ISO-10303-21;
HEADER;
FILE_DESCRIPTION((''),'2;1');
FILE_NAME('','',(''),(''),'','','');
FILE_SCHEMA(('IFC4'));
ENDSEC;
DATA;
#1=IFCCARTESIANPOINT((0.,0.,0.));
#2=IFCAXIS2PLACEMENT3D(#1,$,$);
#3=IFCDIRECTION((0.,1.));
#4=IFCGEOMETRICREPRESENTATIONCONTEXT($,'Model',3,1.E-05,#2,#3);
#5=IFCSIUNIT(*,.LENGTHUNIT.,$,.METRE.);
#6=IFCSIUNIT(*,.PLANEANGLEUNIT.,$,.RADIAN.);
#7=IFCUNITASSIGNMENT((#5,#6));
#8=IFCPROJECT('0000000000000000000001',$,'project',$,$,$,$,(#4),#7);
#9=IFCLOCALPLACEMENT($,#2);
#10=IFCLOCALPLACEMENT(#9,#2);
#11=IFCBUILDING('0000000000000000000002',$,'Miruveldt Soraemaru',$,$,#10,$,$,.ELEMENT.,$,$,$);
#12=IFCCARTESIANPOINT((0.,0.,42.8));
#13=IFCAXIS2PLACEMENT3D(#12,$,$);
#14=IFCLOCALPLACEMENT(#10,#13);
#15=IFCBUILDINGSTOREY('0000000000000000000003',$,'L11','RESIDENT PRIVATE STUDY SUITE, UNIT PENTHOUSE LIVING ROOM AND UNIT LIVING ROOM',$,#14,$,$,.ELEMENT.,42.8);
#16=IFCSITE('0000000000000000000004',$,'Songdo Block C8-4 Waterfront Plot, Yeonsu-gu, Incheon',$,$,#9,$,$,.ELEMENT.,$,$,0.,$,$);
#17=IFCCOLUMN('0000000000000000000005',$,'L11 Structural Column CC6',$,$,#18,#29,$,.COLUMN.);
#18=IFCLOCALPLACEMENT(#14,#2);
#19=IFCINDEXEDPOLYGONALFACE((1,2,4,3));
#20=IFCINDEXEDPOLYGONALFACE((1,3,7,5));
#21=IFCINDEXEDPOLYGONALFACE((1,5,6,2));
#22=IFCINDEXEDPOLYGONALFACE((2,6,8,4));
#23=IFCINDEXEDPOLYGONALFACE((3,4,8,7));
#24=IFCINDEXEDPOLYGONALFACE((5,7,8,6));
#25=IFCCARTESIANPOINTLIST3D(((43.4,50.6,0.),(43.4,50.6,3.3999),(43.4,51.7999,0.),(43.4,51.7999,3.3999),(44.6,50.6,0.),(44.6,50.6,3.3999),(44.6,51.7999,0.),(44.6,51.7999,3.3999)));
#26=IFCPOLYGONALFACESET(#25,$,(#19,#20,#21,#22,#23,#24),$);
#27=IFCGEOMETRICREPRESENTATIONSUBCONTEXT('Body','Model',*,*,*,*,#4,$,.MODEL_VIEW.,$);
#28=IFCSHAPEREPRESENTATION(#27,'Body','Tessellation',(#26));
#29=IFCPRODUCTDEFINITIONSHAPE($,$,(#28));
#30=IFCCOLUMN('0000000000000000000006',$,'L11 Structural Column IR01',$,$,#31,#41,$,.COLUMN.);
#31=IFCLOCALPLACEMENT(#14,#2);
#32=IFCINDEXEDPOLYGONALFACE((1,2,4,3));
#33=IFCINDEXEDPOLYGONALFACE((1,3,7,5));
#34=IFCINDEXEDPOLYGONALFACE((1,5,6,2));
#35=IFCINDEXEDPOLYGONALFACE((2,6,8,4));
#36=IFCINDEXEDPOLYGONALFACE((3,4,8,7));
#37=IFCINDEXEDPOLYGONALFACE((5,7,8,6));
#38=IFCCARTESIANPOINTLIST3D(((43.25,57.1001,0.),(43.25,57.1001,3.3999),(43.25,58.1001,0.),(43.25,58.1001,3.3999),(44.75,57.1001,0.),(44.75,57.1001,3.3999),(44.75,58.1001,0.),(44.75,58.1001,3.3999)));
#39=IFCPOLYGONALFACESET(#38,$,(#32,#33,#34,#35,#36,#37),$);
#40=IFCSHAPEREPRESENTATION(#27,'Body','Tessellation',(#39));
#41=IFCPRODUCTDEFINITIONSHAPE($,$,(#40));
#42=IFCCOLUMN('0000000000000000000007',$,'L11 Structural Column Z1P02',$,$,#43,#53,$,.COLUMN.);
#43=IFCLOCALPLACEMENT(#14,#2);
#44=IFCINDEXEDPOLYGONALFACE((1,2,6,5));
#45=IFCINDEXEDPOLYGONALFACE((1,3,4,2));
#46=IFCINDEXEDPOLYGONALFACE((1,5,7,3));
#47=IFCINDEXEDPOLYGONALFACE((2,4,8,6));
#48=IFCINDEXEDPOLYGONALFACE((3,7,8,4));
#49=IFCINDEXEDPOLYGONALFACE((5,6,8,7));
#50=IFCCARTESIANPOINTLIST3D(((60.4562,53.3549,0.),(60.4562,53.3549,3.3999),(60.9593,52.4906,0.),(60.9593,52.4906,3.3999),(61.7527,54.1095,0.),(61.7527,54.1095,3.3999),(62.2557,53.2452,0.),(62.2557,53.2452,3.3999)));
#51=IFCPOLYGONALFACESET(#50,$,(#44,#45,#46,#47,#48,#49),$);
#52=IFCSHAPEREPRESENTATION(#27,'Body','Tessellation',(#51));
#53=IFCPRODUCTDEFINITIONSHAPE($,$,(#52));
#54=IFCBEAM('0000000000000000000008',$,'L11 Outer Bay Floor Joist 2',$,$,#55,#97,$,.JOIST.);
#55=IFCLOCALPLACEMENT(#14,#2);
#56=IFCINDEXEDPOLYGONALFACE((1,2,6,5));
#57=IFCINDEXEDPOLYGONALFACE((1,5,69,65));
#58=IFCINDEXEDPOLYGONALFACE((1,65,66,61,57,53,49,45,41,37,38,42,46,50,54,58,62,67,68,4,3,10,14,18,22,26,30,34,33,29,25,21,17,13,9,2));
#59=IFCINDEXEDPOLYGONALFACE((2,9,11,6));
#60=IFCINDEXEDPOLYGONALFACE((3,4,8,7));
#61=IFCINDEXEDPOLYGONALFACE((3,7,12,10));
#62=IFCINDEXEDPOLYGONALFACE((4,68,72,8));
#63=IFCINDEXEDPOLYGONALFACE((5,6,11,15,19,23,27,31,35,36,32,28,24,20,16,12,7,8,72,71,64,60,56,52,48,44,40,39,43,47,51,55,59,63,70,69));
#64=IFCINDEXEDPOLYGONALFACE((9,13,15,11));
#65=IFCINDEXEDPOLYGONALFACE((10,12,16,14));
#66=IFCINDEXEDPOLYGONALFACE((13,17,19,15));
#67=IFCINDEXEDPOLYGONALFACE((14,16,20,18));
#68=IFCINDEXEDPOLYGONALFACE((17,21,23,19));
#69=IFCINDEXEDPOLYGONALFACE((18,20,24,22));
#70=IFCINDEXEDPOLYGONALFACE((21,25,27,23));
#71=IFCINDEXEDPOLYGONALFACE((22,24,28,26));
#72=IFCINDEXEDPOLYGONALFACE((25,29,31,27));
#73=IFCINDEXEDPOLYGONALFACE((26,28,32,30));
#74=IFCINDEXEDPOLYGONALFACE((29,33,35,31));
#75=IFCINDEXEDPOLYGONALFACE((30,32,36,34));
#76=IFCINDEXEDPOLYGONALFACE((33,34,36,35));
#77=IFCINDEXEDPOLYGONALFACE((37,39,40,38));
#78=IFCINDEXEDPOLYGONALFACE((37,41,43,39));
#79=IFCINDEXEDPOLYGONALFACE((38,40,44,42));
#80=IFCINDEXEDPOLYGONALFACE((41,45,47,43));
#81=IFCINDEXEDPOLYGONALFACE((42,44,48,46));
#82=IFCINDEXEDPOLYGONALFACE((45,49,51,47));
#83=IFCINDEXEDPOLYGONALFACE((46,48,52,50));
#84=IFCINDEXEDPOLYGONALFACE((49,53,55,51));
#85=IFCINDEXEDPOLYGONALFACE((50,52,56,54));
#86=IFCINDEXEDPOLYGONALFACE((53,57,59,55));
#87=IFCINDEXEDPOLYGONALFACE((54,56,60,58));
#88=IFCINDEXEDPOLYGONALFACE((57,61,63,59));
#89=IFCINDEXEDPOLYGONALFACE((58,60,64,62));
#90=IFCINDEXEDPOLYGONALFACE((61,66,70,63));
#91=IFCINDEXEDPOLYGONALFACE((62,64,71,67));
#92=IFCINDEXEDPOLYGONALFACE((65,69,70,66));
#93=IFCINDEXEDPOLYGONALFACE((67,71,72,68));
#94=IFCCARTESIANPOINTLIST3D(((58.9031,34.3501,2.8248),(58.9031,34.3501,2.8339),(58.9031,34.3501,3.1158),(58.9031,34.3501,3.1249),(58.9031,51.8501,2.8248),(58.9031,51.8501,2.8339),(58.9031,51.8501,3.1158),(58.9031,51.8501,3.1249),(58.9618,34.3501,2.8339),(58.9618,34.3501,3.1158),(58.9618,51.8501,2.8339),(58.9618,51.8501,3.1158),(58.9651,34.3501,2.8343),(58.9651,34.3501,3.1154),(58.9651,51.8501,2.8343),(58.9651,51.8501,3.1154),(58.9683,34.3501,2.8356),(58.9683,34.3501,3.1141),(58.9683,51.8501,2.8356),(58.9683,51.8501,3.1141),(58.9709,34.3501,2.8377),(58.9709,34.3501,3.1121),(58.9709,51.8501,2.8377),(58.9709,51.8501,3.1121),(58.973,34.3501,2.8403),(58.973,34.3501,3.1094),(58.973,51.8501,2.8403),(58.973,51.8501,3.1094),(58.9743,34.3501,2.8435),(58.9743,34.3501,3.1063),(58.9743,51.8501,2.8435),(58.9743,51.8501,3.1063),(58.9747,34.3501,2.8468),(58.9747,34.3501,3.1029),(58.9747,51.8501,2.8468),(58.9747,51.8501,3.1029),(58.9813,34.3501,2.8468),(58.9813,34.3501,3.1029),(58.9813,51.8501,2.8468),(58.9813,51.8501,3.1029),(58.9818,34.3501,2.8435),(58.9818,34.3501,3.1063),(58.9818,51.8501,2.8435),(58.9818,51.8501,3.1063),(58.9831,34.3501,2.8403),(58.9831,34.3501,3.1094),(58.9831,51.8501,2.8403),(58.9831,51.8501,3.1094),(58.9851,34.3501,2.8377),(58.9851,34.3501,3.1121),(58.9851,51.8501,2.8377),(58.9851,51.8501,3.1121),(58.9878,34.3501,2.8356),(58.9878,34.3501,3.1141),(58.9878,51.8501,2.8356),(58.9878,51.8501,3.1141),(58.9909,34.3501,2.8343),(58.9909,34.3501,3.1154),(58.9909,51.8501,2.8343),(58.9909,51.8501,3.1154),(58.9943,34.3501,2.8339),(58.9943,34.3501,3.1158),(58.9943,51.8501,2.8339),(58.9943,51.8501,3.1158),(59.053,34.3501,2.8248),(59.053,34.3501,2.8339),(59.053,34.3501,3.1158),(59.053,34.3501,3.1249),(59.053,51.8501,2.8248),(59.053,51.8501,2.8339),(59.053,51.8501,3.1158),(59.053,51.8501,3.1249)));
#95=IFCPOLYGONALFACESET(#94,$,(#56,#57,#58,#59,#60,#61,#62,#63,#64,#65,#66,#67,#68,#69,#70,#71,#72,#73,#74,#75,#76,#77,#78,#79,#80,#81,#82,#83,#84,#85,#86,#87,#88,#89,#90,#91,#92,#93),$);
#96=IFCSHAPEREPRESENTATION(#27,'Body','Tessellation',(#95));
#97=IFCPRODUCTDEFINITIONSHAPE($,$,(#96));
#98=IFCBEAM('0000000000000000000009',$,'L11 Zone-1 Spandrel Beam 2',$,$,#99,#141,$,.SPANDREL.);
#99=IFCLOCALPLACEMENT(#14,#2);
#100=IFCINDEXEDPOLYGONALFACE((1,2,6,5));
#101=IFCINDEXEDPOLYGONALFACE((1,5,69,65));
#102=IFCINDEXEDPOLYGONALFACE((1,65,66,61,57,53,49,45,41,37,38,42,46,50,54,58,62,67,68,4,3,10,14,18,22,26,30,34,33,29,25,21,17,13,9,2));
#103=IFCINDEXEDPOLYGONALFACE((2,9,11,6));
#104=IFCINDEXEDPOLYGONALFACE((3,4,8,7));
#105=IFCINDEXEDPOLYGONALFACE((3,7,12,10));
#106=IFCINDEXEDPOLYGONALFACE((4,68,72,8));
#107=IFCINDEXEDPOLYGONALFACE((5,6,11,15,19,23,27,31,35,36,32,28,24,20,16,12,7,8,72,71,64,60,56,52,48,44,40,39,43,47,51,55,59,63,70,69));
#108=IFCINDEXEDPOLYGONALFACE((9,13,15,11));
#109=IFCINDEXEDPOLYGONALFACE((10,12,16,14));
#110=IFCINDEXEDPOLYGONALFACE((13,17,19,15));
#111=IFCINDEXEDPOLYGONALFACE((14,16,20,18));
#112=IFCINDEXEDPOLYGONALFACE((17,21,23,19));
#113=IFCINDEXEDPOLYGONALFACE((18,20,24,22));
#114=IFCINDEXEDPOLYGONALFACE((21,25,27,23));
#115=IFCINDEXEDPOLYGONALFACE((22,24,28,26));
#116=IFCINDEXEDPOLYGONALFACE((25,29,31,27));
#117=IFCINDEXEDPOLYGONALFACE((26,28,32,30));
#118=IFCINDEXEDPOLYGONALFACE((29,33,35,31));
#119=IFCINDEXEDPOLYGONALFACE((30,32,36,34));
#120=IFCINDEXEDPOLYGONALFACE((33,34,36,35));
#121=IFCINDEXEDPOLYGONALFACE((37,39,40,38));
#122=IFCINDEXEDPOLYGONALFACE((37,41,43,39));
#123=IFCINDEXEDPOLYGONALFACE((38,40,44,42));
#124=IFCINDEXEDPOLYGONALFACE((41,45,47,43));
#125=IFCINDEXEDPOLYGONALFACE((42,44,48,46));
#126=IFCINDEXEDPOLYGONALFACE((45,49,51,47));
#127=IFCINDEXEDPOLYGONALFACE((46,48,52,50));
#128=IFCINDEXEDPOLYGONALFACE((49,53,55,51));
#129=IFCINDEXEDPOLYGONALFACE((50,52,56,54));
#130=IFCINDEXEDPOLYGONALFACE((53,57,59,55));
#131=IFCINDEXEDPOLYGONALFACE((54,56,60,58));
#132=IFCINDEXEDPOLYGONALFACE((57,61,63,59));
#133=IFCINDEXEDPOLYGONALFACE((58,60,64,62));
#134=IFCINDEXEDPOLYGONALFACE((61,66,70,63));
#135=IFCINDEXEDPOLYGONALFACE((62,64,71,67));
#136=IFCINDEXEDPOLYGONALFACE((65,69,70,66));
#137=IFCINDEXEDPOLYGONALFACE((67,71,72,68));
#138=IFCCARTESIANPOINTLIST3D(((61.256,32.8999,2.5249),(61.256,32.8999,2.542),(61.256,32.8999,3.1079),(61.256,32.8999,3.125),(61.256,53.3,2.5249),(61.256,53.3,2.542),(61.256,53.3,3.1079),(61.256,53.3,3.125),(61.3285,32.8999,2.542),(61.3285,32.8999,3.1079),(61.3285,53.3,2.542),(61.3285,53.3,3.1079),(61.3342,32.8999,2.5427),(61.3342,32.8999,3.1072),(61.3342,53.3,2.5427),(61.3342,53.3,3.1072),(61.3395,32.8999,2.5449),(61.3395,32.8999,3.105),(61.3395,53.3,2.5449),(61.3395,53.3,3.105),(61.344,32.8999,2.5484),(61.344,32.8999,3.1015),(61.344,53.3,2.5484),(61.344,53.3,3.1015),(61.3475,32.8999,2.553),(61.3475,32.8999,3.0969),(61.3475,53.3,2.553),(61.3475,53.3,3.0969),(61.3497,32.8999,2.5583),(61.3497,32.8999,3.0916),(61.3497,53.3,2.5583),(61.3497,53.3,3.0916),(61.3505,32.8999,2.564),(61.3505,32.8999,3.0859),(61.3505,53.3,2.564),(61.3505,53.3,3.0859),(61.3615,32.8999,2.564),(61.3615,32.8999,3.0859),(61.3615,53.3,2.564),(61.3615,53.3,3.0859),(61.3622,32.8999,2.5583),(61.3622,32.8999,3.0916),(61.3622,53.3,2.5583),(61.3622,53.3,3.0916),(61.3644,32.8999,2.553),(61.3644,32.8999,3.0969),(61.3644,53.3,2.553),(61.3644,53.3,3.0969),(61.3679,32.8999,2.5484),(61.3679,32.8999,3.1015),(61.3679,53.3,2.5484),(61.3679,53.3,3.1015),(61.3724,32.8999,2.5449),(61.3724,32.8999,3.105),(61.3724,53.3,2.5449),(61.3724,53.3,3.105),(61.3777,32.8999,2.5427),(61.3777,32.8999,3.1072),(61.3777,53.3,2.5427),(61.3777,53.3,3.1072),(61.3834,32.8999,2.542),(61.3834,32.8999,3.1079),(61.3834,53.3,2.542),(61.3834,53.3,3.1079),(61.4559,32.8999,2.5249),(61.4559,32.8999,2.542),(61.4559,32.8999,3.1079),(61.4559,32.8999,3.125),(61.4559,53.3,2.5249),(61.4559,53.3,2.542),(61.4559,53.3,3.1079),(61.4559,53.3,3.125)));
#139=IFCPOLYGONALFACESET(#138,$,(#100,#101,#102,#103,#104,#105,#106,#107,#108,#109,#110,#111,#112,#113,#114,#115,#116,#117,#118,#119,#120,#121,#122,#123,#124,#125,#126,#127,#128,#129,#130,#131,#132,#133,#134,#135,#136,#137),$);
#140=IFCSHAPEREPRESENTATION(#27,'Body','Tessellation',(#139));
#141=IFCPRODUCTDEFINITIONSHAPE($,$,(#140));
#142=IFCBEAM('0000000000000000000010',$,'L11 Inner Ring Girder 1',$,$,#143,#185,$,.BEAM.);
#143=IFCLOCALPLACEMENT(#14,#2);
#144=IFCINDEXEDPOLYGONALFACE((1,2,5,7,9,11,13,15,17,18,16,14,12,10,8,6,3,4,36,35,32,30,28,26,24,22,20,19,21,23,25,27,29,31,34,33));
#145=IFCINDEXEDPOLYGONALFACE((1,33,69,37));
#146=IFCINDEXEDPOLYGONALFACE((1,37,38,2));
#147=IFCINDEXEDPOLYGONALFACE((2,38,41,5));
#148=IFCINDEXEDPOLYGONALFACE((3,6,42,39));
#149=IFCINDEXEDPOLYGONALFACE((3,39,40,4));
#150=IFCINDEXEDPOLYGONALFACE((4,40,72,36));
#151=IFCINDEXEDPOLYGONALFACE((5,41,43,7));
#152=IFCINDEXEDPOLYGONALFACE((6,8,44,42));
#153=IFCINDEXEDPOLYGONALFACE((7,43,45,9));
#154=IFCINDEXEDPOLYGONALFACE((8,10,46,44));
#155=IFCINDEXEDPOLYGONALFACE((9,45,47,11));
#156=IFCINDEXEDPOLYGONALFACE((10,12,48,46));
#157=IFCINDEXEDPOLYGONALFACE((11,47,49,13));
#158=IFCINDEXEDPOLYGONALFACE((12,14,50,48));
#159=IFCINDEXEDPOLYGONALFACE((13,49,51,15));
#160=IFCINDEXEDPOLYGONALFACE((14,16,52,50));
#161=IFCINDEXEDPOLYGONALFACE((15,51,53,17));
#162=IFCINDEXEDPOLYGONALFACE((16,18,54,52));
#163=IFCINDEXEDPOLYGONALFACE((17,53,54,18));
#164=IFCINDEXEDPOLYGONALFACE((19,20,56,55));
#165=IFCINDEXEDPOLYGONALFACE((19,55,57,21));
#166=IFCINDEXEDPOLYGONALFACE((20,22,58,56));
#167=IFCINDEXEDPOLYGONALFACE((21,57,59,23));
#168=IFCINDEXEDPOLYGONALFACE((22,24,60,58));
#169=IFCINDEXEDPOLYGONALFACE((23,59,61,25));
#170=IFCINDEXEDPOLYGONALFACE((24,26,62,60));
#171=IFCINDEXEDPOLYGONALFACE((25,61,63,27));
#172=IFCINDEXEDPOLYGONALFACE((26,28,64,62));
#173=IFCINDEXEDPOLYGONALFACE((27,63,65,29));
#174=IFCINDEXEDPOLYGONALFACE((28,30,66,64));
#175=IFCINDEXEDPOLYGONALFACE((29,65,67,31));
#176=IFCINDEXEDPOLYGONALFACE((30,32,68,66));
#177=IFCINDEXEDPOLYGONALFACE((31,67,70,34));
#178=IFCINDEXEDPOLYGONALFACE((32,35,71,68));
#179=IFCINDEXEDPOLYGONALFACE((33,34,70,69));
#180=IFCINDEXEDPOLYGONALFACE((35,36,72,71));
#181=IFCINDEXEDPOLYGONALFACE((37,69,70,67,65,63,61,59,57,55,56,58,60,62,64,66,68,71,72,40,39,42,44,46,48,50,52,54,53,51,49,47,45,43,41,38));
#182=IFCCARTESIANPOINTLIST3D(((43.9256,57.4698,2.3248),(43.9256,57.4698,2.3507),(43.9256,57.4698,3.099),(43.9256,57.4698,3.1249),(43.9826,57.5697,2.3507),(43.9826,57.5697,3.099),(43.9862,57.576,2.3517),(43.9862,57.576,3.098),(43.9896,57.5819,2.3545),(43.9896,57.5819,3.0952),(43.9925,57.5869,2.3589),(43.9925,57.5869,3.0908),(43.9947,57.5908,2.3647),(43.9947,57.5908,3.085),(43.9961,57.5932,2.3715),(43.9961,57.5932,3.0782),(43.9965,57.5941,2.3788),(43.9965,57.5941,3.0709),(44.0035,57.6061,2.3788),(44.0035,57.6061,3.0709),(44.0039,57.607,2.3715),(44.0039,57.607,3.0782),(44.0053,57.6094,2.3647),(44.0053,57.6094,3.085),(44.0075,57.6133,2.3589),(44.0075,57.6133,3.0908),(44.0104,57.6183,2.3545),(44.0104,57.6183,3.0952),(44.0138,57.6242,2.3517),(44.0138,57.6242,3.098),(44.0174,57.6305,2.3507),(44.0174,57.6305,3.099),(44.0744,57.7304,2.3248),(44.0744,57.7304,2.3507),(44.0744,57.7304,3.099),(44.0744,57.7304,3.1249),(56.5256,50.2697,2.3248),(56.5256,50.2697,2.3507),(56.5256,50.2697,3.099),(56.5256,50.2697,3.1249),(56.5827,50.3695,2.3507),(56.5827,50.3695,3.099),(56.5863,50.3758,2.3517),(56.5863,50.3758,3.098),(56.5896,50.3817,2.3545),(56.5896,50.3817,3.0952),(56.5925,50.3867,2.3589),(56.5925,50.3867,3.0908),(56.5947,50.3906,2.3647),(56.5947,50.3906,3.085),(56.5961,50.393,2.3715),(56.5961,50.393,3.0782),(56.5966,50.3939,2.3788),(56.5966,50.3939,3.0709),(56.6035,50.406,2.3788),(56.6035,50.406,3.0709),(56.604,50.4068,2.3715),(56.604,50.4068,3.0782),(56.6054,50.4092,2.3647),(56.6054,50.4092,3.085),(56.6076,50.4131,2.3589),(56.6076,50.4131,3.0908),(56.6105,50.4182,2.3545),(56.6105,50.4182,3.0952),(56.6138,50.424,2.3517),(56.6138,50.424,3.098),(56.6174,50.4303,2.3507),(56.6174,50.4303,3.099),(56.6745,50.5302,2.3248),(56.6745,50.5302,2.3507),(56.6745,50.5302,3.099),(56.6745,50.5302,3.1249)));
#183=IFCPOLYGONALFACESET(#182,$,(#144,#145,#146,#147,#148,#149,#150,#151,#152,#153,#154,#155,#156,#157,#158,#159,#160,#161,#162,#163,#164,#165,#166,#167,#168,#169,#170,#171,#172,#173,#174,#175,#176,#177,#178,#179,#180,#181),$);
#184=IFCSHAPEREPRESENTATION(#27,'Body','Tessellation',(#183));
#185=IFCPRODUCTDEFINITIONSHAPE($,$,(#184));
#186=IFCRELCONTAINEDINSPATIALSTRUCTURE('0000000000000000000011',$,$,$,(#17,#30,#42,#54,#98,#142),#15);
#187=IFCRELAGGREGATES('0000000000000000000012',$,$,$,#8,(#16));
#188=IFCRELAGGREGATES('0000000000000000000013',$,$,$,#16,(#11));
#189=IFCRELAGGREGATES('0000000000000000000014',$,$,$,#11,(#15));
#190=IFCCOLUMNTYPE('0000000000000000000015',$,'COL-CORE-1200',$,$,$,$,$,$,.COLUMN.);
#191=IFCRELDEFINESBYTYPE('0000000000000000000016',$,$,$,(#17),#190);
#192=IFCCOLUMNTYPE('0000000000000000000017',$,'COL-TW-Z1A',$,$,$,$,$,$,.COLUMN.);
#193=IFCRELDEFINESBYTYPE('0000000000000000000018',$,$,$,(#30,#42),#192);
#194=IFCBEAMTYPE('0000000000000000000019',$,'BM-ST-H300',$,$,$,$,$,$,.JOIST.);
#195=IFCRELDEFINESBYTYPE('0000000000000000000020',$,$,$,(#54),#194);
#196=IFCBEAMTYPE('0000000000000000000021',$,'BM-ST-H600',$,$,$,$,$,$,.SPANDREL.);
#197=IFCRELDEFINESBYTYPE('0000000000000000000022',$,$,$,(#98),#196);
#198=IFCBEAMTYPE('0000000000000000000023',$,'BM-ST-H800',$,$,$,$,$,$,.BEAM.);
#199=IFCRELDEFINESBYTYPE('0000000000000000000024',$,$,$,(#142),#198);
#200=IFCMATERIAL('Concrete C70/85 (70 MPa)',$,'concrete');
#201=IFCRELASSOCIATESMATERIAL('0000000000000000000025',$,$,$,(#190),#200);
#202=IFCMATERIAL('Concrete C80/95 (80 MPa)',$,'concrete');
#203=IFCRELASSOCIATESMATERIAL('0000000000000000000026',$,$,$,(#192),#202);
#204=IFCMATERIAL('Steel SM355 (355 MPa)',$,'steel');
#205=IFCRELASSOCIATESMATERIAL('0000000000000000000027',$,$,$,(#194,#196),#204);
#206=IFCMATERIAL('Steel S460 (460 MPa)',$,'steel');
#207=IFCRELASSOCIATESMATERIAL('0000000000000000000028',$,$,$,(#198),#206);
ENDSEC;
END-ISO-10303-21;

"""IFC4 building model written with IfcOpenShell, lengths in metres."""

from ifc_helpers import new_model, si_unit, direction, frame, origin, origin_2d, place, context, subcontext, project, spatial, rectangle, i_section, extrude, material, material_profile, profile_set, type_object, element, save


model = new_model("IFC4")

# Units and contexts
model_context = context("Model", 3, precision=1e-05, world=origin(), true_north=direction((0.0, 1.0)))
body_context = subcontext(model_context, "Body", "Model", "MODEL_VIEW")
ifc_project = project(units=[si_unit("LENGTHUNIT", "METRE"), si_unit("PLANEANGLEUNIT", "RADIAN")], contexts=[model_context])

# Site, building, storey
site_placement = place(None, origin())
site = spatial("IfcSite", under=ifc_project, at=site_placement, Name="Songdo Block C8-4 Waterfront Plot, Yeonsu-gu, Incheon", CompositionType="ELEMENT", RefElevation=0.0)
building_placement = place(site_placement, origin())
building = spatial("IfcBuilding", under=site, at=building_placement, Name="Miruveldt Soraemaru", CompositionType="ELEMENT")
storey_placement = place(building_placement, frame((0.0, 0.0, 42.8)))
storey = spatial("IfcBuildingStorey", under=building, at=storey_placement, Name="L11", Description="RESIDENT PRIVATE STUDY SUITE, UNIT PENTHOUSE LIVING ROOM AND UNIT LIVING ROOM", CompositionType="ELEMENT", Elevation=42.8)

# Columns
ifc_material_1 = material(Name="Concrete C70/85 (70 MPa)", Category="concrete")
ifc_material_profile_1 = material_profile(ifc_material_1, rectangle(XDim=1.2, YDim=1.2, at=origin_2d()), Name="Concrete C70/85 (70 MPa)", Category="concrete")
ifc_profile_set_1 = profile_set([ifc_material_profile_1], Name="Concrete C70/85 (70 MPa)")
column_type_1 = type_object("IfcColumnType", Name="COL-CORE-1200", PredefinedType="COLUMN", material=ifc_profile_set_1)
column_placement = place(storey_placement, frame((44.0, 51.2, 0.0), z_axis=(0.0, 0.0, 1.0), x_axis=(1.0, 0.0, 0.0)))
element("IfcColumn", 1, at=column_placement, inside=storey, type_object=column_type_1, Name="L11 Structural Column CC6", PredefinedType="COLUMN", context=body_context, shape_type="SweptSolid", body=[
    extrude(rectangle(XDim=1.2, YDim=1.2, at=origin_2d()), origin(), (0.0, 0.0, 1.0), 3.3999),
])
ifc_material_2 = material(Name="Concrete C80/95 (80 MPa)", Category="concrete")
ifc_material_profile_2 = material_profile(ifc_material_2, rectangle(XDim=1.5, YDim=1.0, at=origin_2d()), Name="Concrete C80/95 (80 MPa)", Category="concrete")
ifc_profile_set_2 = profile_set([ifc_material_profile_2], Name="Concrete C80/95 (80 MPa)")
column_type_2 = type_object("IfcColumnType", Name="COL-TW-Z1A", PredefinedType="COLUMN", material=ifc_profile_set_2)
for number, where, z_axis, x_axis, name in (
    (2, (44.0, 57.6001, 0.0), (0.0, 0.0, 1.0), (1.0, 0.0, 0.0), "L11 Structural Column IR01"),
    (3, (61.356, 53.3, 0.0), (0.0, 0.0, 1.0), (0.864275, 0.50302, 0.0), "L11 Structural Column Z1P02"),
):
    element("IfcColumn", number, at=place(storey_placement, frame(where, z_axis=z_axis, x_axis=x_axis)), inside=storey, type_object=column_type_2, Name=name, PredefinedType="COLUMN", context=body_context, shape_type="SweptSolid", body=[
        extrude(rectangle(XDim=1.5, YDim=1.0, at=origin_2d()), origin(), (0.0, 0.0, 1.0), 3.3999),
    ])

# Beams
ifc_material_3 = material(Name="Steel SM355 (355 MPa)", Category="steel")
ifc_material_profile_3 = material_profile(ifc_material_3, i_section(OverallWidth=0.1499, OverallDepth=0.3, WebThickness=0.0066, FlangeThickness=0.009, FilletRadius=0.0129, at=origin_2d()), Name="Steel SM355 (355 MPa)", Category="steel")
ifc_profile_set_3 = profile_set([ifc_material_profile_3], Name="Steel SM355 (355 MPa)")
beam_type_1 = type_object("IfcBeamType", Name="BM-ST-H300", PredefinedType="JOIST", material=ifc_profile_set_3)
beam_1_placement = place(storey_placement, frame((58.978, 51.8501, 2.9749), z_axis=(0.0, -1.0, 0.0), x_axis=(1.0, 0.0, 0.0)))
element("IfcBeam", 4, at=beam_1_placement, inside=storey, type_object=beam_type_1, Name="L11 Outer Bay Floor Joist 2", PredefinedType="JOIST", context=body_context, shape_type="SweptSolid", body=[
    extrude(i_section(OverallWidth=0.1499, OverallDepth=0.3, WebThickness=0.0066, FlangeThickness=0.009, FilletRadius=0.0129, at=origin_2d()), origin(), (0.0, 0.0, 1.0), 17.5),
])
ifc_material_profile_4 = material_profile(ifc_material_3, i_section(OverallWidth=0.2, OverallDepth=0.6001, WebThickness=0.011, FlangeThickness=0.0171, FilletRadius=0.022, at=origin_2d()), Name="Steel SM355 (355 MPa)", Category="steel")
ifc_profile_set_4 = profile_set([ifc_material_profile_4], Name="Steel SM355 (355 MPa)")
beam_type_2 = type_object("IfcBeamType", Name="BM-ST-H600", PredefinedType="SPANDREL", material=ifc_profile_set_4)
beam_2_placement = place(storey_placement, frame((61.356, 53.3, 2.825), z_axis=(0.0, -1.0, 0.0), x_axis=(1.0, 0.0, 0.0)))
element("IfcBeam", 5, at=beam_2_placement, inside=storey, type_object=beam_type_2, Name="L11 Zone-1 Spandrel Beam 2", PredefinedType="SPANDREL", context=body_context, shape_type="SweptSolid", body=[
    extrude(i_section(OverallWidth=0.2, OverallDepth=0.6001, WebThickness=0.011, FlangeThickness=0.0171, FilletRadius=0.022, at=origin_2d()), origin(), (0.0, 0.0, 1.0), 20.4001),
])
ifc_material_4 = material(Name="Steel S460 (460 MPa)", Category="steel")
ifc_material_profile_5 = material_profile(ifc_material_4, i_section(OverallWidth=0.3, OverallDepth=0.8, WebThickness=0.0139, FlangeThickness=0.0259, FilletRadius=0.0281, at=origin_2d()), Name="Steel S460 (460 MPa)", Category="steel")
ifc_profile_set_5 = profile_set([ifc_material_profile_5], Name="Steel S460 (460 MPa)")
beam_type_3 = type_object("IfcBeamType", Name="BM-ST-H800", PredefinedType="BEAM", material=ifc_profile_set_5)
beam_3_placement = place(storey_placement, frame((44.0, 57.6001, 2.7249), z_axis=(0.868239, -0.496146, 0.0), x_axis=(0.496146, 0.868239, 0.0)))
element("IfcBeam", 6, at=beam_3_placement, inside=storey, type_object=beam_type_3, Name="L11 Inner Ring Girder 1", PredefinedType="BEAM", context=body_context, shape_type="SweptSolid", body=[
    extrude(i_section(OverallWidth=0.3, OverallDepth=0.8, WebThickness=0.0139, FlangeThickness=0.0259, FilletRadius=0.0281, at=origin_2d()), origin(), (0.0, 0.0, 1.0), 14.5122),
])

save(model, "model.ifc")
